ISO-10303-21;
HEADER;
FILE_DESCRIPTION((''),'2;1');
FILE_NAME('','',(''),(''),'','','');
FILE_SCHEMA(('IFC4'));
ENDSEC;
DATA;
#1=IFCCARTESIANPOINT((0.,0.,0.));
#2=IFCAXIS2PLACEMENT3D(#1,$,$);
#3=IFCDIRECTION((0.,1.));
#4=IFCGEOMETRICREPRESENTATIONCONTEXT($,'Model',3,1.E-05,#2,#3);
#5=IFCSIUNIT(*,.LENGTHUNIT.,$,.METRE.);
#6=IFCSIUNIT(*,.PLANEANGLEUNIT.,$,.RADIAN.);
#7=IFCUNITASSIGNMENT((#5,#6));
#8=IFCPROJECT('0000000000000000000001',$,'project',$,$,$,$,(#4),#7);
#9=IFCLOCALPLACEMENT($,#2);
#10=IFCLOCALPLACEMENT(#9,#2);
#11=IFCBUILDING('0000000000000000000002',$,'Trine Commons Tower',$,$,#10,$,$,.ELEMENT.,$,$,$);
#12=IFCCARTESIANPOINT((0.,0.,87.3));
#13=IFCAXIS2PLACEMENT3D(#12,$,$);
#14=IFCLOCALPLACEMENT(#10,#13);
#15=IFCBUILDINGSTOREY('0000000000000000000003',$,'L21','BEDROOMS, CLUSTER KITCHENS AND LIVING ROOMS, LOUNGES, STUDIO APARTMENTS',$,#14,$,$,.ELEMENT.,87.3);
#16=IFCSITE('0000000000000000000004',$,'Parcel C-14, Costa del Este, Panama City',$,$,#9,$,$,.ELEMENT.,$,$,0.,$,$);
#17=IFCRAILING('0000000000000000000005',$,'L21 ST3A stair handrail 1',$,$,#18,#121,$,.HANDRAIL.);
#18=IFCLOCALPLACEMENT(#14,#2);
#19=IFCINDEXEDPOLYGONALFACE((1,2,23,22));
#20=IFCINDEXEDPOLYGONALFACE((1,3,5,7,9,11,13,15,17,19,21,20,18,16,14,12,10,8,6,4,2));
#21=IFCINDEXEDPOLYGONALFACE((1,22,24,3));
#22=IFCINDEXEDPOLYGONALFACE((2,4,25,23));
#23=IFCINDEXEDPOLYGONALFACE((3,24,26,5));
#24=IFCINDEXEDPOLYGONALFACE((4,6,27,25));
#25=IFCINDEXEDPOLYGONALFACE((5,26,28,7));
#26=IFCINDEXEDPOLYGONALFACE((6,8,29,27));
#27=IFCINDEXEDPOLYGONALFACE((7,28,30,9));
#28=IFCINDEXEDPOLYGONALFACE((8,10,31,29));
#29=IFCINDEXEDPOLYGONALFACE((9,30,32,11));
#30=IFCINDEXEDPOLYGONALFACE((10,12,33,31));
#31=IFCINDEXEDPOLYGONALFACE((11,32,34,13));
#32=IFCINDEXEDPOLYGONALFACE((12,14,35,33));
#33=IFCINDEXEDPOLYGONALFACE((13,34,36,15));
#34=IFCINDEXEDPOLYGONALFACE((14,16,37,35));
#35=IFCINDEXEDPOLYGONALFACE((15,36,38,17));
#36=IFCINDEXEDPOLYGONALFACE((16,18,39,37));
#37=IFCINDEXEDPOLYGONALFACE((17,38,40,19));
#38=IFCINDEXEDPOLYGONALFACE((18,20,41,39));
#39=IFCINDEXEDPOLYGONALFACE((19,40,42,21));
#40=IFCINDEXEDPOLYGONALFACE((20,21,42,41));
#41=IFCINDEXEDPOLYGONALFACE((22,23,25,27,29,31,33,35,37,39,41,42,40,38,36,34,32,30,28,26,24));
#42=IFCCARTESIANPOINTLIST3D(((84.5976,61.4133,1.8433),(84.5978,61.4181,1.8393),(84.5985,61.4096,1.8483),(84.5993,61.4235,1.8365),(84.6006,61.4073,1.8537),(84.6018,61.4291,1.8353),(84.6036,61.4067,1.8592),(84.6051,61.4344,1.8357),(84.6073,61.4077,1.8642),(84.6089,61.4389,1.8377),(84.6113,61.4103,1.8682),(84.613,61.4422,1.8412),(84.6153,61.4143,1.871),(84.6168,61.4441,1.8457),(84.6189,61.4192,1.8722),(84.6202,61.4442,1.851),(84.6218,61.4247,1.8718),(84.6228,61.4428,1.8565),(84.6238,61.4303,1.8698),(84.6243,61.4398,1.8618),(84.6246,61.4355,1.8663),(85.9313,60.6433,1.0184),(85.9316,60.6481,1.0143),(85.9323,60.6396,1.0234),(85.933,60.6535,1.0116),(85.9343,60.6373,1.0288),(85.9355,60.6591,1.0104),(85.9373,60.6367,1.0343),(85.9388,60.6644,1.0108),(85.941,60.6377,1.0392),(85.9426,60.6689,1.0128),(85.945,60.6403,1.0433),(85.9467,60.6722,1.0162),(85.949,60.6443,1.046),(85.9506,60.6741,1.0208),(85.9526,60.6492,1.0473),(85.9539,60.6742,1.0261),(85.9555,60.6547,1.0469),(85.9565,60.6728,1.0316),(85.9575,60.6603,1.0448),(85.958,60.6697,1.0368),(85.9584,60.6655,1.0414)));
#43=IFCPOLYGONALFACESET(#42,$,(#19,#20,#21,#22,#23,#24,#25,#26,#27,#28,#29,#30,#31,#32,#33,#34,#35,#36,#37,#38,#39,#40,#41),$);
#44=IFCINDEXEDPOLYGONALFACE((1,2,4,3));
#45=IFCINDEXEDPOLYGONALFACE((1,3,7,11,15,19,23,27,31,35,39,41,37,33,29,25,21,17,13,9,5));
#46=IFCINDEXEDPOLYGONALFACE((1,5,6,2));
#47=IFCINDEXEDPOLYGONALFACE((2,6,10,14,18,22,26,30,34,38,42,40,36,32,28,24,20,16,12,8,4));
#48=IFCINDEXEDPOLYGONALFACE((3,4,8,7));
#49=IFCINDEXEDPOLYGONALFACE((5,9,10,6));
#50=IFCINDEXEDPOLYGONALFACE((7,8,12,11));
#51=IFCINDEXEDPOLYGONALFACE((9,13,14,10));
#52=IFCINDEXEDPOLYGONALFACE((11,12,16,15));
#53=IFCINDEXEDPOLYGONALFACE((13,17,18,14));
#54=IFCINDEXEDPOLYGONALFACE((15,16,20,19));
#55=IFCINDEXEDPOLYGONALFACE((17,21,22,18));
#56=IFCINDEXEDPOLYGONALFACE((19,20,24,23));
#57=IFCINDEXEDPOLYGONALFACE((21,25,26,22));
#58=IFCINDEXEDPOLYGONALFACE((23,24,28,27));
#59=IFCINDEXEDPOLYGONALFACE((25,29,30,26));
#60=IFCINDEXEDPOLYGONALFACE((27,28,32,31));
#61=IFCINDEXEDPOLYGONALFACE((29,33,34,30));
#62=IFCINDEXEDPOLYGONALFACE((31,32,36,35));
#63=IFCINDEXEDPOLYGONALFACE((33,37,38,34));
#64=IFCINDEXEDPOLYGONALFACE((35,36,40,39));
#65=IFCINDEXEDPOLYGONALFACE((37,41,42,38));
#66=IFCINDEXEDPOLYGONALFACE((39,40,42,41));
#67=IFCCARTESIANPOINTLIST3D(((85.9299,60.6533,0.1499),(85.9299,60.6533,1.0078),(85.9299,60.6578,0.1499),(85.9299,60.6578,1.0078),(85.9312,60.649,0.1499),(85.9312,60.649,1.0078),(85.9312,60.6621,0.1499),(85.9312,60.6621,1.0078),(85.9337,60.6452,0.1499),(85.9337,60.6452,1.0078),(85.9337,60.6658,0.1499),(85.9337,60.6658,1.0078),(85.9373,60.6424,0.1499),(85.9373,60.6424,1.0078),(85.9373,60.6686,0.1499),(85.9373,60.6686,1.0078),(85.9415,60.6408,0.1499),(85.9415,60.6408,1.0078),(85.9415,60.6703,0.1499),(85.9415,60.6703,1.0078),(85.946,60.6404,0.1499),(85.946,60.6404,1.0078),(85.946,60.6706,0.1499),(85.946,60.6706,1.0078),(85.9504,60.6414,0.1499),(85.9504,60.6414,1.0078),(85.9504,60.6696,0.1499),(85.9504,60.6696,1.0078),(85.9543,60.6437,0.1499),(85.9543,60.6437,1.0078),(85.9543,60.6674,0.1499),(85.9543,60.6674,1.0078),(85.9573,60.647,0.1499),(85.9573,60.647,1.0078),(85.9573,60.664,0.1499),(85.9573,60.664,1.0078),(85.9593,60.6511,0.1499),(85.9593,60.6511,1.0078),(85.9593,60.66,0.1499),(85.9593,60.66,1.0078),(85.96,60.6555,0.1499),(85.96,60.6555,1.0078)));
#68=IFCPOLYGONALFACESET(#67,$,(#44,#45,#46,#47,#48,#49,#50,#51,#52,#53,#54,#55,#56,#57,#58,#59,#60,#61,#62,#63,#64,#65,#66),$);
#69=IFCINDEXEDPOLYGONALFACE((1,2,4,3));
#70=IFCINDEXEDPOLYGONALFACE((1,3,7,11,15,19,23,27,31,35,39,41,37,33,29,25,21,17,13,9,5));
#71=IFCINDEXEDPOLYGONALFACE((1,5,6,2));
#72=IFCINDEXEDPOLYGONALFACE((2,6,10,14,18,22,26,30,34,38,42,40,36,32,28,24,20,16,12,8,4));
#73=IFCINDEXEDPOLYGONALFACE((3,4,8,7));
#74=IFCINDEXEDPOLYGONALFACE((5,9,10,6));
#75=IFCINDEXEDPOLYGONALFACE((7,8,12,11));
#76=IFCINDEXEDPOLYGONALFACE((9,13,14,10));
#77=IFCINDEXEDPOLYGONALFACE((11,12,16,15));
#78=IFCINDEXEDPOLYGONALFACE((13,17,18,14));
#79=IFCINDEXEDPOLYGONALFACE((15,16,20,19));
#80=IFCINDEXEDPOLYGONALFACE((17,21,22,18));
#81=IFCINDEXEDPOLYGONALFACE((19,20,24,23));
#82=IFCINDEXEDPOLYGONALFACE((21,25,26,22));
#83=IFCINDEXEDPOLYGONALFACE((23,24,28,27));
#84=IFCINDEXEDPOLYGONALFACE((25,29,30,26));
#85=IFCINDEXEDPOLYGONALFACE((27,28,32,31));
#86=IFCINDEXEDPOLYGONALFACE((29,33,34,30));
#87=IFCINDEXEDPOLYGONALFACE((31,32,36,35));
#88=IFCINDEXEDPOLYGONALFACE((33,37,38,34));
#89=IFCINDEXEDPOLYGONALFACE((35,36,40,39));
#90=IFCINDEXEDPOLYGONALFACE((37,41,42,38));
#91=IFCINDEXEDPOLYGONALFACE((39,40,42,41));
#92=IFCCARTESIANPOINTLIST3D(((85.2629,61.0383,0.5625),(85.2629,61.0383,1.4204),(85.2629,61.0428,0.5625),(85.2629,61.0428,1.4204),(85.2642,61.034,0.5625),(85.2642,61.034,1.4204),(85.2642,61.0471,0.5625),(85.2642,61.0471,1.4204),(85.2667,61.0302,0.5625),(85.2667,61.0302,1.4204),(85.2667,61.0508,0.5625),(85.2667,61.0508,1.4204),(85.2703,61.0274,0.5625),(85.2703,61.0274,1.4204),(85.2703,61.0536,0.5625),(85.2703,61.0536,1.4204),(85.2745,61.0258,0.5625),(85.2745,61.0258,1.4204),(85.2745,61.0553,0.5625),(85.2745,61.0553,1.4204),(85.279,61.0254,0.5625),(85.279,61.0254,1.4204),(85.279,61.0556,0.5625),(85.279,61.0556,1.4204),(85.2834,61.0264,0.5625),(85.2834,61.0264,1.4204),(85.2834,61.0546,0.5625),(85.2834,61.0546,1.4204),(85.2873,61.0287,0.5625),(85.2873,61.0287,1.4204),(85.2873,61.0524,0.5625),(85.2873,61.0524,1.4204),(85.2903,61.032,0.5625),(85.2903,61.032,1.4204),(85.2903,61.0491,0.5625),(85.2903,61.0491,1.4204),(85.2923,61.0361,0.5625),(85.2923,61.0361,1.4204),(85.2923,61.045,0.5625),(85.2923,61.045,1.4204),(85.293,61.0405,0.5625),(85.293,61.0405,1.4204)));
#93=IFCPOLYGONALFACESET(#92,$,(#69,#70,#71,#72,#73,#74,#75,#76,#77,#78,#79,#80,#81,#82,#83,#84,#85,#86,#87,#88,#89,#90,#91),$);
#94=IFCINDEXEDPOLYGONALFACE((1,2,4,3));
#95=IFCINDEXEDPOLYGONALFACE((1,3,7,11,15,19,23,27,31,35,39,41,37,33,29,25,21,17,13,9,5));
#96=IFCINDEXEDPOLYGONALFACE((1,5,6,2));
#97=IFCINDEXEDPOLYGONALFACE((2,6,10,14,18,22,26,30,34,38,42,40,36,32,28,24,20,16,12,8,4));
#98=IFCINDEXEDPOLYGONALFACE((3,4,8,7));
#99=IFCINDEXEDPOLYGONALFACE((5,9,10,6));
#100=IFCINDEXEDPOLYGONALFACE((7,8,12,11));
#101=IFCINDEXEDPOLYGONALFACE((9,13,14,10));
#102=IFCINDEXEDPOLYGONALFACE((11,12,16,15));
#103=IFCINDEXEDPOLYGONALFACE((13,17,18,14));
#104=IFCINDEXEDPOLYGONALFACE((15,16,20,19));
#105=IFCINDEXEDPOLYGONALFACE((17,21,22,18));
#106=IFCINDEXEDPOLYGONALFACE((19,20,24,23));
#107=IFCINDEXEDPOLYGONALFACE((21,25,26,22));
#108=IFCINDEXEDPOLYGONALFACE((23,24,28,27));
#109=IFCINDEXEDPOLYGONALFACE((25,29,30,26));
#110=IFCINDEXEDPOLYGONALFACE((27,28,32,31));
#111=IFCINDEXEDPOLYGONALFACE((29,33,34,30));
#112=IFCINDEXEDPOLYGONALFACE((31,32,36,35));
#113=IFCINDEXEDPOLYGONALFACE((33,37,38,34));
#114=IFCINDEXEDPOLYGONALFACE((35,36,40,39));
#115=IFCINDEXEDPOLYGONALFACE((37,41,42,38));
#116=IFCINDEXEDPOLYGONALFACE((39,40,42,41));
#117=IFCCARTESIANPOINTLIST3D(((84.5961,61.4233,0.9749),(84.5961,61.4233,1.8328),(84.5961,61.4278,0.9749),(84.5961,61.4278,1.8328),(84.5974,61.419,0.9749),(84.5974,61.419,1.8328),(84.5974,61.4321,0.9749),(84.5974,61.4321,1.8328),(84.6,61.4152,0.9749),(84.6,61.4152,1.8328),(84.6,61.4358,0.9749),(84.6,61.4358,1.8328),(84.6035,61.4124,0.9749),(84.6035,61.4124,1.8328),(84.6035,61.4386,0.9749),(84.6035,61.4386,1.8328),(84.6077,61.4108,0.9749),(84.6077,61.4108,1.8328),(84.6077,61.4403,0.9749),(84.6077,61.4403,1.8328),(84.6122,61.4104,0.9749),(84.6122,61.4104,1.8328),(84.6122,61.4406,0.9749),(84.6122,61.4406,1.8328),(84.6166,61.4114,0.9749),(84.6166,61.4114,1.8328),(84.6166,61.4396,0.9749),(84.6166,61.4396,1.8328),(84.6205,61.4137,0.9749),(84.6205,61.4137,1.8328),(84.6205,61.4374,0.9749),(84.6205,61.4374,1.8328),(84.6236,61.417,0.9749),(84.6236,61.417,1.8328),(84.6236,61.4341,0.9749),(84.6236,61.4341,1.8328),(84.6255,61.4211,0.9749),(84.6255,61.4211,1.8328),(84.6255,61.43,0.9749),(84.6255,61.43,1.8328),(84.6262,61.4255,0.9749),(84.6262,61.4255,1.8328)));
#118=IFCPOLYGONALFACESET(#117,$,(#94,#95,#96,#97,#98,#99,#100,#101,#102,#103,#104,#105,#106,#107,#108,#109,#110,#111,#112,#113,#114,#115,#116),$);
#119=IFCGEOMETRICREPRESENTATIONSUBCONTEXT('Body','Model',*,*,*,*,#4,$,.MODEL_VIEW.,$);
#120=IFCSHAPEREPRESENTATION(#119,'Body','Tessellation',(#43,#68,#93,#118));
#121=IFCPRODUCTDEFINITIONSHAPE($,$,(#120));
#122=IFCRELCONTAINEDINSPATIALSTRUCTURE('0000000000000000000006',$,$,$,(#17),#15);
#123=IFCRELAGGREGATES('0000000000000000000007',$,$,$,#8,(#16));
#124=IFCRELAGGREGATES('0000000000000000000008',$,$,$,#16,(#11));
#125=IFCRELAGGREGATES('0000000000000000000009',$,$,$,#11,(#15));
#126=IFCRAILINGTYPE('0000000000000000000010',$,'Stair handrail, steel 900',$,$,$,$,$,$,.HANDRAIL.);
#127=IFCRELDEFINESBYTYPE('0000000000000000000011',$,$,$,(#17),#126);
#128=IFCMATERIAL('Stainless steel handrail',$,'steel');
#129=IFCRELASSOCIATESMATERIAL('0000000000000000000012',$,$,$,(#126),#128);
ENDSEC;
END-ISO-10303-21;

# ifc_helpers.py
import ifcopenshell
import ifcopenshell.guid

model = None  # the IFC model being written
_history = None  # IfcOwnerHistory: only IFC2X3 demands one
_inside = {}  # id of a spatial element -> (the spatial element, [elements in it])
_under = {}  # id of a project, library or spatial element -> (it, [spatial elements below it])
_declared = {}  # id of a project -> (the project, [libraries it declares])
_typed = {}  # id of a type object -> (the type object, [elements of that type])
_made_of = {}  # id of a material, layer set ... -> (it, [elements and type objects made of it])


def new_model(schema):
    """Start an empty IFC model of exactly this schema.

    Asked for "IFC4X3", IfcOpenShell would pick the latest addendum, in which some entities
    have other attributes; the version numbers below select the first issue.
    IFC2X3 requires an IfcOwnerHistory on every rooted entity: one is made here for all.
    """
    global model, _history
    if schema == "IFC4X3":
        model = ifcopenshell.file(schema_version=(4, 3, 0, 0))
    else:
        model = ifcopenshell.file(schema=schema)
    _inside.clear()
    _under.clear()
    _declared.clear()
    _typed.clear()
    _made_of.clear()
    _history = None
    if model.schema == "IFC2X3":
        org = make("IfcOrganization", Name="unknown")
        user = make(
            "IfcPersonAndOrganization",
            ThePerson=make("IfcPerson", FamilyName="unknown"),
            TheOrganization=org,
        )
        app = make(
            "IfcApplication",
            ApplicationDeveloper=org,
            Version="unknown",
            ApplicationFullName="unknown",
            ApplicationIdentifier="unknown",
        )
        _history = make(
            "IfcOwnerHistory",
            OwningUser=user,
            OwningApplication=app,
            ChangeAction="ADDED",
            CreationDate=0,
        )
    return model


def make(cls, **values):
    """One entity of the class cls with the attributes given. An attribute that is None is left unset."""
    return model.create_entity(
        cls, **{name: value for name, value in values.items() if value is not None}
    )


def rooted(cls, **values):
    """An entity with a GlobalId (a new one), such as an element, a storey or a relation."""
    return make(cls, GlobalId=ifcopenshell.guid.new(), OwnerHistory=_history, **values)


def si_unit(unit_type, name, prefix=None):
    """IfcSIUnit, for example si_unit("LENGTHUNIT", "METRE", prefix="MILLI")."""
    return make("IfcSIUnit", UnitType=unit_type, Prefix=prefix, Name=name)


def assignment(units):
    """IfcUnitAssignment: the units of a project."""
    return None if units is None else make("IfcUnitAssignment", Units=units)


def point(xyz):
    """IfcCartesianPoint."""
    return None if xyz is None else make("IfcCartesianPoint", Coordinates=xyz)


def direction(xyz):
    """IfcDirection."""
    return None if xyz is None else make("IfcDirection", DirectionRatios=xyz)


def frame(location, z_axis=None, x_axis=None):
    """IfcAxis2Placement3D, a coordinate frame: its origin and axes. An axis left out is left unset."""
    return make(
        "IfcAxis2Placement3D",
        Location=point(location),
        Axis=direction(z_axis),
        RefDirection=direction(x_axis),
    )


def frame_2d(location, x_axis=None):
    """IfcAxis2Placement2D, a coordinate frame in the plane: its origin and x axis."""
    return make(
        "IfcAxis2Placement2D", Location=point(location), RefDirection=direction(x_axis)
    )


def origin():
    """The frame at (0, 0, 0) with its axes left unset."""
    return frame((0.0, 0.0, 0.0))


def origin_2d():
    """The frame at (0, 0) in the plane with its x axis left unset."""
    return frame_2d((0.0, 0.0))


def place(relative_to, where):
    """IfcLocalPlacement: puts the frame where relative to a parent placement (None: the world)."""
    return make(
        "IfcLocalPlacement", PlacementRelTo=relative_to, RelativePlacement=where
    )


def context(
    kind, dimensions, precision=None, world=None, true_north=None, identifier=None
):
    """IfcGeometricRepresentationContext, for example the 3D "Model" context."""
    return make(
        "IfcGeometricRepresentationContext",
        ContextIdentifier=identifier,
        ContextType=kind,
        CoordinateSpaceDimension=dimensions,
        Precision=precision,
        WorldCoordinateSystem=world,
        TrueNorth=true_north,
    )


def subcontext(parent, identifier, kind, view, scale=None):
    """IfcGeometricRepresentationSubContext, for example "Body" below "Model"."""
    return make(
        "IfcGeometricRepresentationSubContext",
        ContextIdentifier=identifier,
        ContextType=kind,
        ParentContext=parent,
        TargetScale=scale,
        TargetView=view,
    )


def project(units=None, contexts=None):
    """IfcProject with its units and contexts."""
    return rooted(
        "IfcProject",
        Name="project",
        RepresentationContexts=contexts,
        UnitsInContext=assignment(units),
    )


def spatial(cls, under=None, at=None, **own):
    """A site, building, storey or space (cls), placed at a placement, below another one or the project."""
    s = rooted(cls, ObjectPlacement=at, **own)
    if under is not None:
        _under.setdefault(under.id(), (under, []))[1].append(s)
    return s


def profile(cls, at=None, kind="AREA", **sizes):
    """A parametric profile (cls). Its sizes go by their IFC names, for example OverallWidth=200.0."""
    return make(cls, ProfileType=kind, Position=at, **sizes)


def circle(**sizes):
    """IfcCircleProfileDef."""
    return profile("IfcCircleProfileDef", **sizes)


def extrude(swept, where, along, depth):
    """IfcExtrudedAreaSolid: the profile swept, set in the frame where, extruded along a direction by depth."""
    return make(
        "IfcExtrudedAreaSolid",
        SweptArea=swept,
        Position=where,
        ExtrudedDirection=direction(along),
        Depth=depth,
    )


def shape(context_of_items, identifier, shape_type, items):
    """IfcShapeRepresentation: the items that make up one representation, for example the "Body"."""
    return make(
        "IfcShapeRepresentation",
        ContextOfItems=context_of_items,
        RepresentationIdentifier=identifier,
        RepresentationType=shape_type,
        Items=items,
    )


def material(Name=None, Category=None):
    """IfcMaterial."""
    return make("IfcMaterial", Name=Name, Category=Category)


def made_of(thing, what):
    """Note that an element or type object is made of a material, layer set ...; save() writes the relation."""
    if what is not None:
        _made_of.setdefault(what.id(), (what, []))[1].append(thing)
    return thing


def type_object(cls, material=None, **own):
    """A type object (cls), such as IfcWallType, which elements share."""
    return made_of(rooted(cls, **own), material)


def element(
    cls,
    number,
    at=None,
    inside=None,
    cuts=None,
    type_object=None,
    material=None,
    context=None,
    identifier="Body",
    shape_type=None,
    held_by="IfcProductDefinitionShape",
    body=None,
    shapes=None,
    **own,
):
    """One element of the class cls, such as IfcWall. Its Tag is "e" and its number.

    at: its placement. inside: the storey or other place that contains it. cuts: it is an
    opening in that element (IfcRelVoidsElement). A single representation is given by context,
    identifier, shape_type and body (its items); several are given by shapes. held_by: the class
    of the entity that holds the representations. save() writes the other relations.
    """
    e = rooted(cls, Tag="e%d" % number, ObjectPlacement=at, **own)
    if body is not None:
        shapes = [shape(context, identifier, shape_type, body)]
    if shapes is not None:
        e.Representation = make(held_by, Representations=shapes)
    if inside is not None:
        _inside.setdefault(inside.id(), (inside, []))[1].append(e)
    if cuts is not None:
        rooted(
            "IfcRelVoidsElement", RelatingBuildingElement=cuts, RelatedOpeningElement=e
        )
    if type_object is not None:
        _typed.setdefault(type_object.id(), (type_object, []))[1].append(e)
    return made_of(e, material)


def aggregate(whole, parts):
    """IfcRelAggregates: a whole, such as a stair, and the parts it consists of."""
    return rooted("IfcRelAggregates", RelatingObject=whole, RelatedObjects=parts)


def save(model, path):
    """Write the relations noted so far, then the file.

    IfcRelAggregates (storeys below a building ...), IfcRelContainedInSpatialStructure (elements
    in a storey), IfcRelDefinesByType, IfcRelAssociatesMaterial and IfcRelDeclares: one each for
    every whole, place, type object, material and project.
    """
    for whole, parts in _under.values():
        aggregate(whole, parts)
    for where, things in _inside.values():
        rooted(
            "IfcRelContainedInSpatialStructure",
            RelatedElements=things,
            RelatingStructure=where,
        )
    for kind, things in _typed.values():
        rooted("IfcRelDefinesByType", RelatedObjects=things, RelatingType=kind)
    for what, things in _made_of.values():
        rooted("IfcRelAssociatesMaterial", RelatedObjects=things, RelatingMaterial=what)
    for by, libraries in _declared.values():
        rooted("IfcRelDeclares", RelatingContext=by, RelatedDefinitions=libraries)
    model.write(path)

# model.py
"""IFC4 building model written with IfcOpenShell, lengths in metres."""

from ifc_helpers import new_model, si_unit, direction, frame, origin, origin_2d, place, context, subcontext, project, spatial, circle, extrude, material, type_object, element, save


model = new_model("IFC4")

# Units and contexts
model_context = context("Model", 3, precision=1e-05, world=origin(), true_north=direction((0.0, 1.0)))
body_context = subcontext(model_context, "Body", "Model", "MODEL_VIEW")
ifc_project = project(units=[si_unit("LENGTHUNIT", "METRE"), si_unit("PLANEANGLEUNIT", "RADIAN")], contexts=[model_context])

# Site, building, storey
site_placement = place(None, origin())
site = spatial("IfcSite", under=ifc_project, at=site_placement, Name="Parcel C-14, Costa del Este, Panama City", CompositionType="ELEMENT", RefElevation=0.0)
building_placement = place(site_placement, origin())
building = spatial("IfcBuilding", under=site, at=building_placement, Name="Trine Commons Tower", CompositionType="ELEMENT")
storey_placement = place(building_placement, frame((0.0, 0.0, 87.3)))
storey = spatial("IfcBuildingStorey", under=building, at=storey_placement, Name="L21", Description="BEDROOMS, CLUSTER KITCHENS AND LIVING ROOMS, LOUNGES, STUDIO APARTMENTS", CompositionType="ELEMENT", Elevation=87.3)

# Railing
ifc_material_1 = material(Name="Stainless steel handrail", Category="steel")
railing_type = type_object("IfcRailingType", Name="Stair handrail, steel 900", PredefinedType="HANDRAIL", material=ifc_material_1)
railing_placement = place(storey_placement, frame((85.9448, 60.6555, 0.1499)))
element("IfcRailing", 1, at=railing_placement, inside=storey, type_object=railing_type, Name="L21 ST3A stair handrail 1", PredefinedType="HANDRAIL", context=body_context, shape_type="SweptSolid", body=[
    extrude(circle(Radius=0.021, at=origin_2d()), frame((0.0, 0.0, 0.8789), z_axis=(-0.763405, 0.440743, 0.472185), x_axis=(-0.499992, -0.86603, 0.0)), (0.0, 0.0, 1.0), 1.7471),
    extrude(circle(Radius=0.0151, at=origin_2d()), origin(), (0.0, 0.0, 1.0), 0.8579),
    extrude(circle(Radius=0.0151, at=origin_2d()), frame((-0.667, 0.385, 0.4126)), (0.0, 0.0, 1.0), 0.8579),
    extrude(circle(Radius=0.0151, at=origin_2d()), frame((-1.3337, 0.77, 0.825)), (0.0, 0.0, 1.0), 0.8579),
])

save(model, "model.ifc")
